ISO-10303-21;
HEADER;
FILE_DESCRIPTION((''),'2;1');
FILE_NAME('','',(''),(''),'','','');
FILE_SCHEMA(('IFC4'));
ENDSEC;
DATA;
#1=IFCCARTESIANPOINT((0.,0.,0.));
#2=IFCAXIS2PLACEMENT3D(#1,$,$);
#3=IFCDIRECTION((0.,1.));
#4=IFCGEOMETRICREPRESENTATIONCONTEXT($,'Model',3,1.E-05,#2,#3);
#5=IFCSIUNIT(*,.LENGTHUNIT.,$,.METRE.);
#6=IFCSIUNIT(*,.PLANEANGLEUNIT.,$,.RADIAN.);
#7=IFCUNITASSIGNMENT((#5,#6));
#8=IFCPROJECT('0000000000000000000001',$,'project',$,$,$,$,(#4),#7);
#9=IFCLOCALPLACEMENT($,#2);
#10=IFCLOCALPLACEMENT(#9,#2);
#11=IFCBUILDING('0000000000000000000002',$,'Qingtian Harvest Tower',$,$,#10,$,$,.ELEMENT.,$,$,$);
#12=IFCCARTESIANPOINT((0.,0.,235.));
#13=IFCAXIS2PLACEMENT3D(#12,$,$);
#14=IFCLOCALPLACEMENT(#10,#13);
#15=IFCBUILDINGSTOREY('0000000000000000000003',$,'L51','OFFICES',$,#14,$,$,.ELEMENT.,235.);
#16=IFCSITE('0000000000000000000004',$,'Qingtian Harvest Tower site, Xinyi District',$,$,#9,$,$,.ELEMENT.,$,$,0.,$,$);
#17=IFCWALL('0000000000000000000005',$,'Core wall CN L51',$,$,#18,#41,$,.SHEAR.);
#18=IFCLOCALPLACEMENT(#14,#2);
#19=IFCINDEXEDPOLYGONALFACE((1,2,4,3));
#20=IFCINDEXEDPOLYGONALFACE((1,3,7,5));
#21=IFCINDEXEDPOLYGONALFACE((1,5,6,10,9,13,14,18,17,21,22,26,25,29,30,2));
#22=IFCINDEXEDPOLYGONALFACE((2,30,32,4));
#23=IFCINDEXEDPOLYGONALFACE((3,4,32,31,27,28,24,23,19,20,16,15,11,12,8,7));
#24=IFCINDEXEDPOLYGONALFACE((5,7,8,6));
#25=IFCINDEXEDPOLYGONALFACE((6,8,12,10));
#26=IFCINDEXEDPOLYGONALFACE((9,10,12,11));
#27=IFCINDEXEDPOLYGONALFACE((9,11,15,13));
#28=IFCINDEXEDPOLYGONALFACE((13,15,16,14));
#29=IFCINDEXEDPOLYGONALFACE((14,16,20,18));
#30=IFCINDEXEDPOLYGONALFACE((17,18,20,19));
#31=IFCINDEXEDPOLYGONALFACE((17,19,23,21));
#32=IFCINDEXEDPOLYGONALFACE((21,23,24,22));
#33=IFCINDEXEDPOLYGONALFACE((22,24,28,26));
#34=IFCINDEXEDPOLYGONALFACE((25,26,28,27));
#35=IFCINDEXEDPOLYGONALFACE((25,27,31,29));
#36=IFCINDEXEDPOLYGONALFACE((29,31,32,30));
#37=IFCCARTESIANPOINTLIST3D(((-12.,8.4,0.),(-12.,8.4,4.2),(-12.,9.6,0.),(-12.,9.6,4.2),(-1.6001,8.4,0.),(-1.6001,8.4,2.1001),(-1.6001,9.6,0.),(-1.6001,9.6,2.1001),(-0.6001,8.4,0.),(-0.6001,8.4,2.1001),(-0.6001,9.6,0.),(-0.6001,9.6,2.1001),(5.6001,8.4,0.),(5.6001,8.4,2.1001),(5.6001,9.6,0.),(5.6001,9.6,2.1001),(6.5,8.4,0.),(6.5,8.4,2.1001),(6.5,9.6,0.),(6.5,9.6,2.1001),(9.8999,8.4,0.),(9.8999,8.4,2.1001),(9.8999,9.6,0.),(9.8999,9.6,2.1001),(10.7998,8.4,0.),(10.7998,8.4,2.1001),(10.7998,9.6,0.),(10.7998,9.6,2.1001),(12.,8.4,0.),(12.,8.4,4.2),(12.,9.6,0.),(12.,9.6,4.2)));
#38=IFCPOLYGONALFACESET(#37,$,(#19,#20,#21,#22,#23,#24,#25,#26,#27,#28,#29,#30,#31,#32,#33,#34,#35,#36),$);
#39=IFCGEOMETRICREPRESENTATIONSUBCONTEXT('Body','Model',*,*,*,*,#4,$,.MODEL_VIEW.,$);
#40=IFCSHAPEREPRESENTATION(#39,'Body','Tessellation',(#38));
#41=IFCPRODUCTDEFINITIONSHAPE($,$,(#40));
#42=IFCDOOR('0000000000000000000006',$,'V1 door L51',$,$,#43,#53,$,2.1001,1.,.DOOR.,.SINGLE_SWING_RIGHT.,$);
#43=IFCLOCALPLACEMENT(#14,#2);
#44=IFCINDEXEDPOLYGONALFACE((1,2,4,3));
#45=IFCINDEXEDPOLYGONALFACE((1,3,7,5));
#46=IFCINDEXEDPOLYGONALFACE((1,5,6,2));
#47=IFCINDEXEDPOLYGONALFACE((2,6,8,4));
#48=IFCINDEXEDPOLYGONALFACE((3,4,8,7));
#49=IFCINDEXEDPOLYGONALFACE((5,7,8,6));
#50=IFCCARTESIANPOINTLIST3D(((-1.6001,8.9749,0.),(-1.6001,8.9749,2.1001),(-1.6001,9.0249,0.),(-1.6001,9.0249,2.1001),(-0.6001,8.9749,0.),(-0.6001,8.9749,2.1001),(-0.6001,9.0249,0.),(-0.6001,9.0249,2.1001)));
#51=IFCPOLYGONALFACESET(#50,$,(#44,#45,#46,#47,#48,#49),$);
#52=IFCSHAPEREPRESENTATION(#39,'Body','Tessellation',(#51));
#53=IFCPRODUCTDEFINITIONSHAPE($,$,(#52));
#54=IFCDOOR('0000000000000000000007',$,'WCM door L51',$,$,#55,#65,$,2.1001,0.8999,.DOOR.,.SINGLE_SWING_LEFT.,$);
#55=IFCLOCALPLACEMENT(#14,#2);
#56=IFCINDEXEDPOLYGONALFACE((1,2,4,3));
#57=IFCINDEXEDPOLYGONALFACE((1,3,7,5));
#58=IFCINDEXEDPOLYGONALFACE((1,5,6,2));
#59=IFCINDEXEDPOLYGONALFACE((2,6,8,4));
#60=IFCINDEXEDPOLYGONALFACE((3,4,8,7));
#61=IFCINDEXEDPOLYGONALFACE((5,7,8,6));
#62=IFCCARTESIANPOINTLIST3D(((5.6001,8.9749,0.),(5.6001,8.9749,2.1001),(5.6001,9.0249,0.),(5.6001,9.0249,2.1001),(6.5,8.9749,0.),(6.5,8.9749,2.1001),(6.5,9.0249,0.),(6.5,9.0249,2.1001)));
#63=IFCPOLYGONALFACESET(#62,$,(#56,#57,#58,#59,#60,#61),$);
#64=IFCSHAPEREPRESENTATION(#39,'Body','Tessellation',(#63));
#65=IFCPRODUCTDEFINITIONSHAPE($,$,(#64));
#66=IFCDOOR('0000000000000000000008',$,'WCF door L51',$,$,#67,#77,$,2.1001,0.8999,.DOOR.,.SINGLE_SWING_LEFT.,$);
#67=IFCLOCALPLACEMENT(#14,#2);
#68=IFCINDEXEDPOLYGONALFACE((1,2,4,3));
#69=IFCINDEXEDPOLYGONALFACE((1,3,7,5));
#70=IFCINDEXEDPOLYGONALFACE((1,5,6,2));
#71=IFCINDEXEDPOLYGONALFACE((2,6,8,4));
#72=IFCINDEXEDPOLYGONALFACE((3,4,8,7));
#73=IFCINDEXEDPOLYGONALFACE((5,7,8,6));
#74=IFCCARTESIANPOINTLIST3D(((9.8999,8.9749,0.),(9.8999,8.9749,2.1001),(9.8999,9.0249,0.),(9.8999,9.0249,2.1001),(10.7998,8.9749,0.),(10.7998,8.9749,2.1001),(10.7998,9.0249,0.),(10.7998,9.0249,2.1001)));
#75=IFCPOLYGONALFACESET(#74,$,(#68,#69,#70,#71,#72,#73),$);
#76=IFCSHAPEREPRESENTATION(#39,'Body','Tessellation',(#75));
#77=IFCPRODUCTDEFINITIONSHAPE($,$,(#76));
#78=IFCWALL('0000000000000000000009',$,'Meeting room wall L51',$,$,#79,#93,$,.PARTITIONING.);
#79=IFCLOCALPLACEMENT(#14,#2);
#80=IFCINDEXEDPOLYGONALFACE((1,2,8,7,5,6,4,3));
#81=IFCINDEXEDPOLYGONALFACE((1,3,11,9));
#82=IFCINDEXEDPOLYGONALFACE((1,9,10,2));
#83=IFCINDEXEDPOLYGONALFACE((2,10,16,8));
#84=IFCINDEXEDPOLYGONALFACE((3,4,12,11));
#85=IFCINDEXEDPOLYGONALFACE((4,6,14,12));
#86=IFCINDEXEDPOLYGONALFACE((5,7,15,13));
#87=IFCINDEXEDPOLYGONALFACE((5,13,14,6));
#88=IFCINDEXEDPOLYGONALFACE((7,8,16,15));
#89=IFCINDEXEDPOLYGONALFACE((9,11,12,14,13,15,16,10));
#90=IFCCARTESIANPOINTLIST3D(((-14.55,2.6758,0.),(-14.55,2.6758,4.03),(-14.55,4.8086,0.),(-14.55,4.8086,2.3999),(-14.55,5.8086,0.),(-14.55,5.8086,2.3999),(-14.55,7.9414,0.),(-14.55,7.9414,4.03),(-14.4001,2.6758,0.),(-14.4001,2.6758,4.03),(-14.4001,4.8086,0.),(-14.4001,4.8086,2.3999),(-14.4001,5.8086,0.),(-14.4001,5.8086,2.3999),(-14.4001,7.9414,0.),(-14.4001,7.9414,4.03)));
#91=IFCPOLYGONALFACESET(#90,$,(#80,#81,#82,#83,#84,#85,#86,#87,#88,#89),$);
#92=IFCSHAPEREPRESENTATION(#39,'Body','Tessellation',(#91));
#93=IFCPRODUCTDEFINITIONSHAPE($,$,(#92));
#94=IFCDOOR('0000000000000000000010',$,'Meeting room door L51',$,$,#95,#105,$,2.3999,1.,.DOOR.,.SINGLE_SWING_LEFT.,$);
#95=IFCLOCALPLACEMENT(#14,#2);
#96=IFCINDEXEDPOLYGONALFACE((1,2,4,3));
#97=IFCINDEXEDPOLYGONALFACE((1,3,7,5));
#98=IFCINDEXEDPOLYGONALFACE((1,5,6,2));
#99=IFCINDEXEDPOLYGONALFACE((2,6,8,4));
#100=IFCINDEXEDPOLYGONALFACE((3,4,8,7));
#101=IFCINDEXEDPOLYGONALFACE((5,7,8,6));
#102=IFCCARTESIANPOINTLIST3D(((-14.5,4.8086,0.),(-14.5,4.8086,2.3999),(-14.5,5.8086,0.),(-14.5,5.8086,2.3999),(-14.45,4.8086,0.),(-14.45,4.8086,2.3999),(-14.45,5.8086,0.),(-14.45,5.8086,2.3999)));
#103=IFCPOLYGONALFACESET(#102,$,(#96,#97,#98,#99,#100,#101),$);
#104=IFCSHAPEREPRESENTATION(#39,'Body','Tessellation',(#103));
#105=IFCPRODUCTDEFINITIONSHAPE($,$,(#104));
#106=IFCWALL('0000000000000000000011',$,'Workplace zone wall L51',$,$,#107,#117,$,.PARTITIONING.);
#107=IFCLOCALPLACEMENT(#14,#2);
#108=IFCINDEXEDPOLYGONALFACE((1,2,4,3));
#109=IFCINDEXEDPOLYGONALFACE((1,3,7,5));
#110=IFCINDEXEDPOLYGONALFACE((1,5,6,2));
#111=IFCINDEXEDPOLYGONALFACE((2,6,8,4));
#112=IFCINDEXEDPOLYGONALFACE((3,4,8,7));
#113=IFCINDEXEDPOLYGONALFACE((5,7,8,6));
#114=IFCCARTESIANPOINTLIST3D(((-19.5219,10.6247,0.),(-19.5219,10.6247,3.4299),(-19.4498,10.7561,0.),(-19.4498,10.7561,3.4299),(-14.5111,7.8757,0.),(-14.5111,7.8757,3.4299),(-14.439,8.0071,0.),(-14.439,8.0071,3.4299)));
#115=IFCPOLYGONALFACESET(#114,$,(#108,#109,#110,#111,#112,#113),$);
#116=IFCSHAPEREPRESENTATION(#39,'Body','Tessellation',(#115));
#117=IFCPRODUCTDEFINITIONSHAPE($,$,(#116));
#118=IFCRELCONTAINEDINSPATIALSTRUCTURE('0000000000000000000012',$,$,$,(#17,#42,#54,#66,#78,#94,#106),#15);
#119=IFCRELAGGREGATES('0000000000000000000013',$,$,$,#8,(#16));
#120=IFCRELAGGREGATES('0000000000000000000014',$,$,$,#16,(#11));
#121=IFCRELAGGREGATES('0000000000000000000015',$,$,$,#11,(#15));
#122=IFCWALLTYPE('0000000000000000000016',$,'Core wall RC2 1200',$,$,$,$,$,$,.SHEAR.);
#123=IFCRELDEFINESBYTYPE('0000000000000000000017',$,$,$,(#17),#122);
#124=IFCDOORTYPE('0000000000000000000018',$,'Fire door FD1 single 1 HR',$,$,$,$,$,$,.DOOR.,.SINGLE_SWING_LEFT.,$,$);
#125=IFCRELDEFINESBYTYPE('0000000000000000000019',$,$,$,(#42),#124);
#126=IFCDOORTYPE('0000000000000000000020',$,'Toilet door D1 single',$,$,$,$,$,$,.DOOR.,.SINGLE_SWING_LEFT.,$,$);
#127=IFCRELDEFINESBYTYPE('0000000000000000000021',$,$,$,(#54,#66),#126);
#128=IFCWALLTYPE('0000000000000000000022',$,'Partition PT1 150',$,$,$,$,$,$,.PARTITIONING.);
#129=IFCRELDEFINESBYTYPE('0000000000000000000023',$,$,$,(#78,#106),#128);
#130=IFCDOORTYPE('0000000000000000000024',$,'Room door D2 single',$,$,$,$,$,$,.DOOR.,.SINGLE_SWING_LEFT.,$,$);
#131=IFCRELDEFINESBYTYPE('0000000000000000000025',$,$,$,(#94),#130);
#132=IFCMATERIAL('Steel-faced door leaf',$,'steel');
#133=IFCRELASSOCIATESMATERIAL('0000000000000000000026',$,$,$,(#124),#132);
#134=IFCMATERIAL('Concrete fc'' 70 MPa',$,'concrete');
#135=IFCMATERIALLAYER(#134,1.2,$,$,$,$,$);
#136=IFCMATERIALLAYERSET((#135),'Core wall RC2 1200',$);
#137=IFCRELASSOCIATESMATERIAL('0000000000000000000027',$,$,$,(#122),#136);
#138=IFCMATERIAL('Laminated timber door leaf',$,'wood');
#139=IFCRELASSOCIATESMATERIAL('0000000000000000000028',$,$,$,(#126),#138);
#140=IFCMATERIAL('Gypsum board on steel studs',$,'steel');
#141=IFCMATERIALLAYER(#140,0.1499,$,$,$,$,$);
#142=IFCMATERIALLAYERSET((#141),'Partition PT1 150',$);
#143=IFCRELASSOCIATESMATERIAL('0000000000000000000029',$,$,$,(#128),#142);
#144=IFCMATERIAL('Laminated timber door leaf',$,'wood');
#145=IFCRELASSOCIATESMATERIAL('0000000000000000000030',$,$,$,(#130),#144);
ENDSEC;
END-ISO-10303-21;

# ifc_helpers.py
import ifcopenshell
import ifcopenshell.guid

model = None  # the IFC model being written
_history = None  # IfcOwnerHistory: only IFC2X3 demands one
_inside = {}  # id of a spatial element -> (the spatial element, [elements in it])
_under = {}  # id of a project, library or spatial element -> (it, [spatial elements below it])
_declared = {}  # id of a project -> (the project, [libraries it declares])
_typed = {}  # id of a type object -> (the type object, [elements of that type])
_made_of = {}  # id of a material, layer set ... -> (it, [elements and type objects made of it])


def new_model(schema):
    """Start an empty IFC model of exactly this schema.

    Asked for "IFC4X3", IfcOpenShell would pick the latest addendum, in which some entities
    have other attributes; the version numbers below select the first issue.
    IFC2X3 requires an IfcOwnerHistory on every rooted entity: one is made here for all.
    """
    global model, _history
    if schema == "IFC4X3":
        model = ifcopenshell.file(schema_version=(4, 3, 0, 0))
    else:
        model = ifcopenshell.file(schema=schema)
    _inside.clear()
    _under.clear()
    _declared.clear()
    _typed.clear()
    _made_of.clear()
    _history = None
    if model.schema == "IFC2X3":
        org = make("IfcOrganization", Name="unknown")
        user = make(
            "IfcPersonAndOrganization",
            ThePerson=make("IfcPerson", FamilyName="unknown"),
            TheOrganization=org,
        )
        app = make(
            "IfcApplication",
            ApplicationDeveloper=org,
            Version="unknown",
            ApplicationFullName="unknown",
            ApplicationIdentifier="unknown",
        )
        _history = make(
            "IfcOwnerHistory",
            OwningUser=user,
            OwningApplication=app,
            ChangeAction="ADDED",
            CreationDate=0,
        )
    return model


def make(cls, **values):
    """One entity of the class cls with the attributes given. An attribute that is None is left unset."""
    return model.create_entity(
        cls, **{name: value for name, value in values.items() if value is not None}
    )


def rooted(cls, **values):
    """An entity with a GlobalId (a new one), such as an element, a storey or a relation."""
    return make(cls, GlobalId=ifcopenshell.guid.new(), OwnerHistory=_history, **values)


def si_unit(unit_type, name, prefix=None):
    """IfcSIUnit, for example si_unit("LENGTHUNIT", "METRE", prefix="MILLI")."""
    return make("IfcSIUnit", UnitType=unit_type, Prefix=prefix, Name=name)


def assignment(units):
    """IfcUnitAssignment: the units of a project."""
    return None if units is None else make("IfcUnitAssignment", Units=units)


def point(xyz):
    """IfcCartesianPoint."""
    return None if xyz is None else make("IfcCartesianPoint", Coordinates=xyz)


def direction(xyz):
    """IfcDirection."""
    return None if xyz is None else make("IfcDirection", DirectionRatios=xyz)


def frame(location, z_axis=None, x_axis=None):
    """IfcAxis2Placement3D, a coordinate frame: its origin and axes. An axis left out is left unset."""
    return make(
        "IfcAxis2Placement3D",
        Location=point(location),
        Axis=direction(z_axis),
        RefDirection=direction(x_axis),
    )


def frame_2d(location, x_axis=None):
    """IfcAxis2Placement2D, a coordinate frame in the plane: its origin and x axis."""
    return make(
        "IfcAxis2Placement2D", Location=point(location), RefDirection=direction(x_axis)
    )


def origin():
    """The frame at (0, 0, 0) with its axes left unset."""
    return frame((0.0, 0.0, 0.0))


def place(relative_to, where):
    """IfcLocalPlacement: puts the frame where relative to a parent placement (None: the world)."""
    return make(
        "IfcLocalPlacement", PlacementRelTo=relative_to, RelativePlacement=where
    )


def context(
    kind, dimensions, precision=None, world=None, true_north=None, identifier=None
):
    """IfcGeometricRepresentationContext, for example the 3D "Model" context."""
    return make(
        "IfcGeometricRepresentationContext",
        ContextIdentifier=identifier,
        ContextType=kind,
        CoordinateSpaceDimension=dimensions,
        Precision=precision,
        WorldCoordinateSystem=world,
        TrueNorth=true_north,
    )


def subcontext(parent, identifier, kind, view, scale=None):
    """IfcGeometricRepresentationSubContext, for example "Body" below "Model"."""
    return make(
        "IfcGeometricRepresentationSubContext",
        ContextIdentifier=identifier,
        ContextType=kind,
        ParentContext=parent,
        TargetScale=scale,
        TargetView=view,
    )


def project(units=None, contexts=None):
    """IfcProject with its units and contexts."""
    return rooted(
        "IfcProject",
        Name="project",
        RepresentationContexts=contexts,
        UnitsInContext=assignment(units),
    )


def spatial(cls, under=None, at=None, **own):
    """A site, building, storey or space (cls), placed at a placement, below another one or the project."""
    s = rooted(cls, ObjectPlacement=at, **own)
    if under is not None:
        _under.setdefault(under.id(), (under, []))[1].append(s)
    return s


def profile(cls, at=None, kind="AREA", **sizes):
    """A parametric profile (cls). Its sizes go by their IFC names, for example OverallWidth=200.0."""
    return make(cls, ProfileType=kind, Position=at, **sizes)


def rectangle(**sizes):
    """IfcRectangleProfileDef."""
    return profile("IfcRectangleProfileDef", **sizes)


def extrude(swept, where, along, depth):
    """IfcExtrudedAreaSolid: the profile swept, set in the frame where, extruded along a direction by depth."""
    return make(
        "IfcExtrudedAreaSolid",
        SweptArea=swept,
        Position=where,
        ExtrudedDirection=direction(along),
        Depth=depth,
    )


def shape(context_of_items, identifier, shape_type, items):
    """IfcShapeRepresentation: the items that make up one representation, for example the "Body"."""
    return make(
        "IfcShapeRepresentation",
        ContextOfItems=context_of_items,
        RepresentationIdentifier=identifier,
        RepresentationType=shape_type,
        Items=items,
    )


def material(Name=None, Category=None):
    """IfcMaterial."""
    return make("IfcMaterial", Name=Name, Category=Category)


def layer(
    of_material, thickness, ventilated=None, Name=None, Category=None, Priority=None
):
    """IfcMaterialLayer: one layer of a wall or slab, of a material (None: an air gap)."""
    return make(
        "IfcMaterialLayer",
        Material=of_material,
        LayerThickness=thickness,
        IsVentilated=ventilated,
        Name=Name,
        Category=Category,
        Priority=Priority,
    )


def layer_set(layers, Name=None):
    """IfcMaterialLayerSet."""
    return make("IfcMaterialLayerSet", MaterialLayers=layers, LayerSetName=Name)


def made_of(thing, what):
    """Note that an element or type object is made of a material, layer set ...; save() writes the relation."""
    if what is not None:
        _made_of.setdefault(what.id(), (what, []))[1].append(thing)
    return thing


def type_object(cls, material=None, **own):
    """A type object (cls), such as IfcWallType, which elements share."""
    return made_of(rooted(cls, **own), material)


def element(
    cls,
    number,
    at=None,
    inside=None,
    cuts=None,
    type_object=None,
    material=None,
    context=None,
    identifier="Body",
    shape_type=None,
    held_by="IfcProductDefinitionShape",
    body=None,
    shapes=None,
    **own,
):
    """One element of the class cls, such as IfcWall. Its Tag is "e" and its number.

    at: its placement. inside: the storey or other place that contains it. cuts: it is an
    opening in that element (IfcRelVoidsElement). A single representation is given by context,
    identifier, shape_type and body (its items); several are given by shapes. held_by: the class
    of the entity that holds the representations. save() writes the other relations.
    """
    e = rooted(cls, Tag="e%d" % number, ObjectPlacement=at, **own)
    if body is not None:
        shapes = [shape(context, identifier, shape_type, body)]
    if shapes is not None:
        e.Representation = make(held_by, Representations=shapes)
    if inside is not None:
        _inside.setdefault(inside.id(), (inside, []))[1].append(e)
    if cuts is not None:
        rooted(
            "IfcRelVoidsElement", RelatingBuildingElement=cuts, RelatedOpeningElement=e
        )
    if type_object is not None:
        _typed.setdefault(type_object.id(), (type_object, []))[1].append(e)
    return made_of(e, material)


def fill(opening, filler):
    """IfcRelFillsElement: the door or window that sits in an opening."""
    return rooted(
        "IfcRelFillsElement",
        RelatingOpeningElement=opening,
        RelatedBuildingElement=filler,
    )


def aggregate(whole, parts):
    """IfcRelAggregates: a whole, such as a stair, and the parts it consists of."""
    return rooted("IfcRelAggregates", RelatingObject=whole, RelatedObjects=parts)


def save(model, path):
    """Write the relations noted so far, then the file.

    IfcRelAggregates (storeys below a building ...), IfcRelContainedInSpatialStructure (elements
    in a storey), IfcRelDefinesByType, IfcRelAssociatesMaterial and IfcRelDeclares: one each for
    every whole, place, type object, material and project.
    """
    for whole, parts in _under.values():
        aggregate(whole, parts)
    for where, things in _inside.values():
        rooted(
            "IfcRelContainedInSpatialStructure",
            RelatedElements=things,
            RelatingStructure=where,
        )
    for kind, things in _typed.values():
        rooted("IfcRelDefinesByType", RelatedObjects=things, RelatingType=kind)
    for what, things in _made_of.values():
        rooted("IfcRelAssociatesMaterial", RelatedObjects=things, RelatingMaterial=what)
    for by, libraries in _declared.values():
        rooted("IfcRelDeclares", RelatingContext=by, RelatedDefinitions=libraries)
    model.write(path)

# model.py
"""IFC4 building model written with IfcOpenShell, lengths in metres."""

from ifc_helpers import new_model, si_unit, direction, frame, frame_2d, origin, place, context, subcontext, project, spatial, rectangle, extrude, material, layer, layer_set, type_object, element, fill, save


model = new_model("IFC4")

# Units and contexts
model_context = context("Model", 3, precision=1e-05, world=origin(), true_north=direction((0.0, 1.0)))
body_context = subcontext(model_context, "Body", "Model", "MODEL_VIEW")
ifc_project = project(units=[si_unit("LENGTHUNIT", "METRE"), si_unit("PLANEANGLEUNIT", "RADIAN")], contexts=[model_context])

# Site, building, storey
site_placement = place(None, origin())
site = spatial("IfcSite", under=ifc_project, at=site_placement, Name="Qingtian Harvest Tower site, Xinyi District", CompositionType="ELEMENT", RefElevation=0.0)
building_placement = place(site_placement, origin())
building = spatial("IfcBuilding", under=site, at=building_placement, Name="Qingtian Harvest Tower", CompositionType="ELEMENT")
storey_placement = place(building_placement, frame((0.0, 0.0, 235.0)))
storey = spatial("IfcBuildingStorey", under=building, at=storey_placement, Name="L51", Description="OFFICES", CompositionType="ELEMENT", Elevation=235.0)

# Wall, openings, doors
ifc_material_1 = material(Name="Steel-faced door leaf", Category="steel")
door_type_1 = type_object("IfcDoorType", Name="Fire door FD1 single 1 HR", OperationType="SINGLE_SWING_LEFT", PredefinedType="DOOR", material=ifc_material_1)
ifc_material_2 = material(Name="Concrete fc' 70 MPa", Category="concrete")
ifc_layer_1 = layer(ifc_material_2, 1.2)
ifc_layer_set_1 = layer_set([ifc_layer_1], Name="Core wall RC2 1200")
wall_type_1 = type_object("IfcWallType", Name="Core wall RC2 1200", PredefinedType="SHEAR", material=ifc_layer_set_1)
wall_1_placement = place(storey_placement, frame((-12.0, 9.0, 0.0), z_axis=(0.0, 0.0, 1.0), x_axis=(1.0, 0.0, 0.0)))
wall_1 = element("IfcWall", 1, at=wall_1_placement, inside=storey, type_object=wall_type_1, Name="Core wall CN L51", PredefinedType="SHEAR", context=body_context, shape_type="SweptSolid", body=[
    extrude(rectangle(XDim=24.0, YDim=1.2, at=frame_2d((12.0, 0.0))), origin(), (0.0, 0.0, 1.0), 4.2),
])
opening_1_placement = place(wall_1_placement, frame((10.3999, 0.0, 0.0)))
opening_1 = element("IfcOpeningElement", 2, at=opening_1_placement, cuts=wall_1, PredefinedType="OPENING", context=body_context, shape_type="SweptSolid", body=[
    extrude(rectangle(XDim=1.0, YDim=2.1001, at=frame_2d((0.5, 1.05))), frame((0.0, 0.6099, 0.0), z_axis=(0.0, -1.0, 0.0), x_axis=(1.0, 0.0, 0.0)), (0.0, 0.0, 1.0), 1.22),
])
opening_2_placement = place(wall_1_placement, frame((17.6001, 0.0, 0.0)))
opening_2 = element("IfcOpeningElement", 3, at=opening_2_placement, cuts=wall_1, PredefinedType="OPENING", context=body_context, shape_type="SweptSolid", body=[
    extrude(rectangle(XDim=0.8999, YDim=2.1001, at=frame_2d((0.45, 1.05))), frame((0.0, 0.6099, 0.0), z_axis=(0.0, -1.0, 0.0), x_axis=(1.0, 0.0, 0.0)), (0.0, 0.0, 1.0), 1.22),
])
opening_3_placement = place(wall_1_placement, frame((21.8999, 0.0, 0.0)))
opening_3 = element("IfcOpeningElement", 4, at=opening_3_placement, cuts=wall_1, PredefinedType="OPENING", context=body_context, shape_type="SweptSolid", body=[
    extrude(rectangle(XDim=0.8999, YDim=2.1001, at=frame_2d((0.45, 1.05))), frame((0.0, 0.6099, 0.0), z_axis=(0.0, -1.0, 0.0), x_axis=(1.0, 0.0, 0.0)), (0.0, 0.0, 1.0), 1.22),
])
door_1_placement = place(opening_1_placement, origin())
door_1 = element("IfcDoor", 5, at=door_1_placement, inside=storey, type_object=door_type_1, Name="V1 door L51", OperationType="SINGLE_SWING_RIGHT", OverallHeight=2.1001, OverallWidth=1.0, PredefinedType="DOOR", context=body_context, shape_type="SweptSolid", body=[
    extrude(rectangle(XDim=1.0, YDim=2.1001, at=frame_2d((0.5, 1.05))), frame((0.0, 0.0249, 0.0), z_axis=(0.0, -1.0, 0.0), x_axis=(1.0, 0.0, 0.0)), (0.0, 0.0, 1.0), 0.05),
])
fill(opening_1, door_1)
ifc_material_3 = material(Name="Laminated timber door leaf", Category="wood")
door_type_2 = type_object("IfcDoorType", Name="Toilet door D1 single", OperationType="SINGLE_SWING_LEFT", PredefinedType="DOOR", material=ifc_material_3)
door_2_placement = place(opening_2_placement, origin())
door_2 = element("IfcDoor", 6, at=door_2_placement, inside=storey, type_object=door_type_2, Name="WCM door L51", OperationType="SINGLE_SWING_LEFT", OverallHeight=2.1001, OverallWidth=0.8999, PredefinedType="DOOR", context=body_context, shape_type="SweptSolid", body=[
    extrude(rectangle(XDim=0.8999, YDim=2.1001, at=frame_2d((0.45, 1.05))), frame((0.0, 0.0249, 0.0), z_axis=(0.0, -1.0, 0.0), x_axis=(1.0, 0.0, 0.0)), (0.0, 0.0, 1.0), 0.05),
])
fill(opening_2, door_2)
door_3_placement = place(opening_3_placement, origin())
door_3 = element("IfcDoor", 7, at=door_3_placement, inside=storey, type_object=door_type_2, Name="WCF door L51", OperationType="SINGLE_SWING_LEFT", OverallHeight=2.1001, OverallWidth=0.8999, PredefinedType="DOOR", context=body_context, shape_type="SweptSolid", body=[
    extrude(rectangle(XDim=0.8999, YDim=2.1001, at=frame_2d((0.45, 1.05))), frame((0.0, 0.0249, 0.0), z_axis=(0.0, -1.0, 0.0), x_axis=(1.0, 0.0, 0.0)), (0.0, 0.0, 1.0), 0.05),
])
fill(opening_3, door_3)

# Wall, opening, door
ifc_material_4 = material(Name="Gypsum board on steel studs", Category="steel")
ifc_layer_2 = layer(ifc_material_4, 0.1499)
ifc_layer_set_2 = layer_set([ifc_layer_2], Name="Partition PT1 150")
wall_type_2 = type_object("IfcWallType", Name="Partition PT1 150", PredefinedType="PARTITIONING", material=ifc_layer_set_2)
wall_2_placement = place(storey_placement, frame((-14.4751, 2.6758, 0.0), z_axis=(0.0, 0.0, 1.0), x_axis=(0.0, 1.0, 0.0)))
wall_2 = element("IfcWall", 8, at=wall_2_placement, inside=storey, type_object=wall_type_2, Name="Meeting room wall L51", PredefinedType="PARTITIONING", context=body_context, shape_type="SweptSolid", body=[
    extrude(rectangle(XDim=5.2656, YDim=0.1499, at=frame_2d((2.6328, 0.0))), origin(), (0.0, 0.0, 1.0), 4.03),
])
opening_4_placement = place(wall_2_placement, frame((2.1328, 0.0, 0.0)))
opening_4 = element("IfcOpeningElement", 9, at=opening_4_placement, cuts=wall_2, PredefinedType="OPENING", context=body_context, shape_type="SweptSolid", body=[
    extrude(rectangle(XDim=1.0, YDim=2.3999, at=frame_2d((0.5, 1.2))), frame((0.0, 0.085, 0.0), z_axis=(0.0, -1.0, 0.0), x_axis=(1.0, 0.0, 0.0)), (0.0, 0.0, 1.0), 0.1699),
])
ifc_material_5 = material(Name="Laminated timber door leaf", Category="wood")
door_type_3 = type_object("IfcDoorType", Name="Room door D2 single", OperationType="SINGLE_SWING_LEFT", PredefinedType="DOOR", material=ifc_material_5)
door_4_placement = place(opening_4_placement, origin())
door_4 = element("IfcDoor", 10, at=door_4_placement, inside=storey, type_object=door_type_3, Name="Meeting room door L51", OperationType="SINGLE_SWING_LEFT", OverallHeight=2.3999, OverallWidth=1.0, PredefinedType="DOOR", context=body_context, shape_type="SweptSolid", body=[
    extrude(rectangle(XDim=1.0, YDim=2.3999, at=frame_2d((0.5, 1.2))), frame((0.0, 0.0249, 0.0), z_axis=(0.0, -1.0, 0.0), x_axis=(1.0, 0.0, 0.0)), (0.0, 0.0, 1.0), 0.05),
])
fill(opening_4, door_4)

# Wall
wall_3_placement = place(storey_placement, frame((-19.4858, 10.6904, 0.0), z_axis=(0.0, 0.0, 1.0), x_axis=(0.876724, -0.480994, 0.0)))
element("IfcWall", 11, at=wall_3_placement, inside=storey, type_object=wall_type_2, Name="Workplace zone wall L51", PredefinedType="PARTITIONING", context=body_context, shape_type="SweptSolid", body=[
    extrude(rectangle(XDim=5.7153, YDim=0.1499, at=frame_2d((2.8577, 0.0))), origin(), (0.0, 0.0, 1.0), 3.4299),
])

save(model, "model.ifc")
